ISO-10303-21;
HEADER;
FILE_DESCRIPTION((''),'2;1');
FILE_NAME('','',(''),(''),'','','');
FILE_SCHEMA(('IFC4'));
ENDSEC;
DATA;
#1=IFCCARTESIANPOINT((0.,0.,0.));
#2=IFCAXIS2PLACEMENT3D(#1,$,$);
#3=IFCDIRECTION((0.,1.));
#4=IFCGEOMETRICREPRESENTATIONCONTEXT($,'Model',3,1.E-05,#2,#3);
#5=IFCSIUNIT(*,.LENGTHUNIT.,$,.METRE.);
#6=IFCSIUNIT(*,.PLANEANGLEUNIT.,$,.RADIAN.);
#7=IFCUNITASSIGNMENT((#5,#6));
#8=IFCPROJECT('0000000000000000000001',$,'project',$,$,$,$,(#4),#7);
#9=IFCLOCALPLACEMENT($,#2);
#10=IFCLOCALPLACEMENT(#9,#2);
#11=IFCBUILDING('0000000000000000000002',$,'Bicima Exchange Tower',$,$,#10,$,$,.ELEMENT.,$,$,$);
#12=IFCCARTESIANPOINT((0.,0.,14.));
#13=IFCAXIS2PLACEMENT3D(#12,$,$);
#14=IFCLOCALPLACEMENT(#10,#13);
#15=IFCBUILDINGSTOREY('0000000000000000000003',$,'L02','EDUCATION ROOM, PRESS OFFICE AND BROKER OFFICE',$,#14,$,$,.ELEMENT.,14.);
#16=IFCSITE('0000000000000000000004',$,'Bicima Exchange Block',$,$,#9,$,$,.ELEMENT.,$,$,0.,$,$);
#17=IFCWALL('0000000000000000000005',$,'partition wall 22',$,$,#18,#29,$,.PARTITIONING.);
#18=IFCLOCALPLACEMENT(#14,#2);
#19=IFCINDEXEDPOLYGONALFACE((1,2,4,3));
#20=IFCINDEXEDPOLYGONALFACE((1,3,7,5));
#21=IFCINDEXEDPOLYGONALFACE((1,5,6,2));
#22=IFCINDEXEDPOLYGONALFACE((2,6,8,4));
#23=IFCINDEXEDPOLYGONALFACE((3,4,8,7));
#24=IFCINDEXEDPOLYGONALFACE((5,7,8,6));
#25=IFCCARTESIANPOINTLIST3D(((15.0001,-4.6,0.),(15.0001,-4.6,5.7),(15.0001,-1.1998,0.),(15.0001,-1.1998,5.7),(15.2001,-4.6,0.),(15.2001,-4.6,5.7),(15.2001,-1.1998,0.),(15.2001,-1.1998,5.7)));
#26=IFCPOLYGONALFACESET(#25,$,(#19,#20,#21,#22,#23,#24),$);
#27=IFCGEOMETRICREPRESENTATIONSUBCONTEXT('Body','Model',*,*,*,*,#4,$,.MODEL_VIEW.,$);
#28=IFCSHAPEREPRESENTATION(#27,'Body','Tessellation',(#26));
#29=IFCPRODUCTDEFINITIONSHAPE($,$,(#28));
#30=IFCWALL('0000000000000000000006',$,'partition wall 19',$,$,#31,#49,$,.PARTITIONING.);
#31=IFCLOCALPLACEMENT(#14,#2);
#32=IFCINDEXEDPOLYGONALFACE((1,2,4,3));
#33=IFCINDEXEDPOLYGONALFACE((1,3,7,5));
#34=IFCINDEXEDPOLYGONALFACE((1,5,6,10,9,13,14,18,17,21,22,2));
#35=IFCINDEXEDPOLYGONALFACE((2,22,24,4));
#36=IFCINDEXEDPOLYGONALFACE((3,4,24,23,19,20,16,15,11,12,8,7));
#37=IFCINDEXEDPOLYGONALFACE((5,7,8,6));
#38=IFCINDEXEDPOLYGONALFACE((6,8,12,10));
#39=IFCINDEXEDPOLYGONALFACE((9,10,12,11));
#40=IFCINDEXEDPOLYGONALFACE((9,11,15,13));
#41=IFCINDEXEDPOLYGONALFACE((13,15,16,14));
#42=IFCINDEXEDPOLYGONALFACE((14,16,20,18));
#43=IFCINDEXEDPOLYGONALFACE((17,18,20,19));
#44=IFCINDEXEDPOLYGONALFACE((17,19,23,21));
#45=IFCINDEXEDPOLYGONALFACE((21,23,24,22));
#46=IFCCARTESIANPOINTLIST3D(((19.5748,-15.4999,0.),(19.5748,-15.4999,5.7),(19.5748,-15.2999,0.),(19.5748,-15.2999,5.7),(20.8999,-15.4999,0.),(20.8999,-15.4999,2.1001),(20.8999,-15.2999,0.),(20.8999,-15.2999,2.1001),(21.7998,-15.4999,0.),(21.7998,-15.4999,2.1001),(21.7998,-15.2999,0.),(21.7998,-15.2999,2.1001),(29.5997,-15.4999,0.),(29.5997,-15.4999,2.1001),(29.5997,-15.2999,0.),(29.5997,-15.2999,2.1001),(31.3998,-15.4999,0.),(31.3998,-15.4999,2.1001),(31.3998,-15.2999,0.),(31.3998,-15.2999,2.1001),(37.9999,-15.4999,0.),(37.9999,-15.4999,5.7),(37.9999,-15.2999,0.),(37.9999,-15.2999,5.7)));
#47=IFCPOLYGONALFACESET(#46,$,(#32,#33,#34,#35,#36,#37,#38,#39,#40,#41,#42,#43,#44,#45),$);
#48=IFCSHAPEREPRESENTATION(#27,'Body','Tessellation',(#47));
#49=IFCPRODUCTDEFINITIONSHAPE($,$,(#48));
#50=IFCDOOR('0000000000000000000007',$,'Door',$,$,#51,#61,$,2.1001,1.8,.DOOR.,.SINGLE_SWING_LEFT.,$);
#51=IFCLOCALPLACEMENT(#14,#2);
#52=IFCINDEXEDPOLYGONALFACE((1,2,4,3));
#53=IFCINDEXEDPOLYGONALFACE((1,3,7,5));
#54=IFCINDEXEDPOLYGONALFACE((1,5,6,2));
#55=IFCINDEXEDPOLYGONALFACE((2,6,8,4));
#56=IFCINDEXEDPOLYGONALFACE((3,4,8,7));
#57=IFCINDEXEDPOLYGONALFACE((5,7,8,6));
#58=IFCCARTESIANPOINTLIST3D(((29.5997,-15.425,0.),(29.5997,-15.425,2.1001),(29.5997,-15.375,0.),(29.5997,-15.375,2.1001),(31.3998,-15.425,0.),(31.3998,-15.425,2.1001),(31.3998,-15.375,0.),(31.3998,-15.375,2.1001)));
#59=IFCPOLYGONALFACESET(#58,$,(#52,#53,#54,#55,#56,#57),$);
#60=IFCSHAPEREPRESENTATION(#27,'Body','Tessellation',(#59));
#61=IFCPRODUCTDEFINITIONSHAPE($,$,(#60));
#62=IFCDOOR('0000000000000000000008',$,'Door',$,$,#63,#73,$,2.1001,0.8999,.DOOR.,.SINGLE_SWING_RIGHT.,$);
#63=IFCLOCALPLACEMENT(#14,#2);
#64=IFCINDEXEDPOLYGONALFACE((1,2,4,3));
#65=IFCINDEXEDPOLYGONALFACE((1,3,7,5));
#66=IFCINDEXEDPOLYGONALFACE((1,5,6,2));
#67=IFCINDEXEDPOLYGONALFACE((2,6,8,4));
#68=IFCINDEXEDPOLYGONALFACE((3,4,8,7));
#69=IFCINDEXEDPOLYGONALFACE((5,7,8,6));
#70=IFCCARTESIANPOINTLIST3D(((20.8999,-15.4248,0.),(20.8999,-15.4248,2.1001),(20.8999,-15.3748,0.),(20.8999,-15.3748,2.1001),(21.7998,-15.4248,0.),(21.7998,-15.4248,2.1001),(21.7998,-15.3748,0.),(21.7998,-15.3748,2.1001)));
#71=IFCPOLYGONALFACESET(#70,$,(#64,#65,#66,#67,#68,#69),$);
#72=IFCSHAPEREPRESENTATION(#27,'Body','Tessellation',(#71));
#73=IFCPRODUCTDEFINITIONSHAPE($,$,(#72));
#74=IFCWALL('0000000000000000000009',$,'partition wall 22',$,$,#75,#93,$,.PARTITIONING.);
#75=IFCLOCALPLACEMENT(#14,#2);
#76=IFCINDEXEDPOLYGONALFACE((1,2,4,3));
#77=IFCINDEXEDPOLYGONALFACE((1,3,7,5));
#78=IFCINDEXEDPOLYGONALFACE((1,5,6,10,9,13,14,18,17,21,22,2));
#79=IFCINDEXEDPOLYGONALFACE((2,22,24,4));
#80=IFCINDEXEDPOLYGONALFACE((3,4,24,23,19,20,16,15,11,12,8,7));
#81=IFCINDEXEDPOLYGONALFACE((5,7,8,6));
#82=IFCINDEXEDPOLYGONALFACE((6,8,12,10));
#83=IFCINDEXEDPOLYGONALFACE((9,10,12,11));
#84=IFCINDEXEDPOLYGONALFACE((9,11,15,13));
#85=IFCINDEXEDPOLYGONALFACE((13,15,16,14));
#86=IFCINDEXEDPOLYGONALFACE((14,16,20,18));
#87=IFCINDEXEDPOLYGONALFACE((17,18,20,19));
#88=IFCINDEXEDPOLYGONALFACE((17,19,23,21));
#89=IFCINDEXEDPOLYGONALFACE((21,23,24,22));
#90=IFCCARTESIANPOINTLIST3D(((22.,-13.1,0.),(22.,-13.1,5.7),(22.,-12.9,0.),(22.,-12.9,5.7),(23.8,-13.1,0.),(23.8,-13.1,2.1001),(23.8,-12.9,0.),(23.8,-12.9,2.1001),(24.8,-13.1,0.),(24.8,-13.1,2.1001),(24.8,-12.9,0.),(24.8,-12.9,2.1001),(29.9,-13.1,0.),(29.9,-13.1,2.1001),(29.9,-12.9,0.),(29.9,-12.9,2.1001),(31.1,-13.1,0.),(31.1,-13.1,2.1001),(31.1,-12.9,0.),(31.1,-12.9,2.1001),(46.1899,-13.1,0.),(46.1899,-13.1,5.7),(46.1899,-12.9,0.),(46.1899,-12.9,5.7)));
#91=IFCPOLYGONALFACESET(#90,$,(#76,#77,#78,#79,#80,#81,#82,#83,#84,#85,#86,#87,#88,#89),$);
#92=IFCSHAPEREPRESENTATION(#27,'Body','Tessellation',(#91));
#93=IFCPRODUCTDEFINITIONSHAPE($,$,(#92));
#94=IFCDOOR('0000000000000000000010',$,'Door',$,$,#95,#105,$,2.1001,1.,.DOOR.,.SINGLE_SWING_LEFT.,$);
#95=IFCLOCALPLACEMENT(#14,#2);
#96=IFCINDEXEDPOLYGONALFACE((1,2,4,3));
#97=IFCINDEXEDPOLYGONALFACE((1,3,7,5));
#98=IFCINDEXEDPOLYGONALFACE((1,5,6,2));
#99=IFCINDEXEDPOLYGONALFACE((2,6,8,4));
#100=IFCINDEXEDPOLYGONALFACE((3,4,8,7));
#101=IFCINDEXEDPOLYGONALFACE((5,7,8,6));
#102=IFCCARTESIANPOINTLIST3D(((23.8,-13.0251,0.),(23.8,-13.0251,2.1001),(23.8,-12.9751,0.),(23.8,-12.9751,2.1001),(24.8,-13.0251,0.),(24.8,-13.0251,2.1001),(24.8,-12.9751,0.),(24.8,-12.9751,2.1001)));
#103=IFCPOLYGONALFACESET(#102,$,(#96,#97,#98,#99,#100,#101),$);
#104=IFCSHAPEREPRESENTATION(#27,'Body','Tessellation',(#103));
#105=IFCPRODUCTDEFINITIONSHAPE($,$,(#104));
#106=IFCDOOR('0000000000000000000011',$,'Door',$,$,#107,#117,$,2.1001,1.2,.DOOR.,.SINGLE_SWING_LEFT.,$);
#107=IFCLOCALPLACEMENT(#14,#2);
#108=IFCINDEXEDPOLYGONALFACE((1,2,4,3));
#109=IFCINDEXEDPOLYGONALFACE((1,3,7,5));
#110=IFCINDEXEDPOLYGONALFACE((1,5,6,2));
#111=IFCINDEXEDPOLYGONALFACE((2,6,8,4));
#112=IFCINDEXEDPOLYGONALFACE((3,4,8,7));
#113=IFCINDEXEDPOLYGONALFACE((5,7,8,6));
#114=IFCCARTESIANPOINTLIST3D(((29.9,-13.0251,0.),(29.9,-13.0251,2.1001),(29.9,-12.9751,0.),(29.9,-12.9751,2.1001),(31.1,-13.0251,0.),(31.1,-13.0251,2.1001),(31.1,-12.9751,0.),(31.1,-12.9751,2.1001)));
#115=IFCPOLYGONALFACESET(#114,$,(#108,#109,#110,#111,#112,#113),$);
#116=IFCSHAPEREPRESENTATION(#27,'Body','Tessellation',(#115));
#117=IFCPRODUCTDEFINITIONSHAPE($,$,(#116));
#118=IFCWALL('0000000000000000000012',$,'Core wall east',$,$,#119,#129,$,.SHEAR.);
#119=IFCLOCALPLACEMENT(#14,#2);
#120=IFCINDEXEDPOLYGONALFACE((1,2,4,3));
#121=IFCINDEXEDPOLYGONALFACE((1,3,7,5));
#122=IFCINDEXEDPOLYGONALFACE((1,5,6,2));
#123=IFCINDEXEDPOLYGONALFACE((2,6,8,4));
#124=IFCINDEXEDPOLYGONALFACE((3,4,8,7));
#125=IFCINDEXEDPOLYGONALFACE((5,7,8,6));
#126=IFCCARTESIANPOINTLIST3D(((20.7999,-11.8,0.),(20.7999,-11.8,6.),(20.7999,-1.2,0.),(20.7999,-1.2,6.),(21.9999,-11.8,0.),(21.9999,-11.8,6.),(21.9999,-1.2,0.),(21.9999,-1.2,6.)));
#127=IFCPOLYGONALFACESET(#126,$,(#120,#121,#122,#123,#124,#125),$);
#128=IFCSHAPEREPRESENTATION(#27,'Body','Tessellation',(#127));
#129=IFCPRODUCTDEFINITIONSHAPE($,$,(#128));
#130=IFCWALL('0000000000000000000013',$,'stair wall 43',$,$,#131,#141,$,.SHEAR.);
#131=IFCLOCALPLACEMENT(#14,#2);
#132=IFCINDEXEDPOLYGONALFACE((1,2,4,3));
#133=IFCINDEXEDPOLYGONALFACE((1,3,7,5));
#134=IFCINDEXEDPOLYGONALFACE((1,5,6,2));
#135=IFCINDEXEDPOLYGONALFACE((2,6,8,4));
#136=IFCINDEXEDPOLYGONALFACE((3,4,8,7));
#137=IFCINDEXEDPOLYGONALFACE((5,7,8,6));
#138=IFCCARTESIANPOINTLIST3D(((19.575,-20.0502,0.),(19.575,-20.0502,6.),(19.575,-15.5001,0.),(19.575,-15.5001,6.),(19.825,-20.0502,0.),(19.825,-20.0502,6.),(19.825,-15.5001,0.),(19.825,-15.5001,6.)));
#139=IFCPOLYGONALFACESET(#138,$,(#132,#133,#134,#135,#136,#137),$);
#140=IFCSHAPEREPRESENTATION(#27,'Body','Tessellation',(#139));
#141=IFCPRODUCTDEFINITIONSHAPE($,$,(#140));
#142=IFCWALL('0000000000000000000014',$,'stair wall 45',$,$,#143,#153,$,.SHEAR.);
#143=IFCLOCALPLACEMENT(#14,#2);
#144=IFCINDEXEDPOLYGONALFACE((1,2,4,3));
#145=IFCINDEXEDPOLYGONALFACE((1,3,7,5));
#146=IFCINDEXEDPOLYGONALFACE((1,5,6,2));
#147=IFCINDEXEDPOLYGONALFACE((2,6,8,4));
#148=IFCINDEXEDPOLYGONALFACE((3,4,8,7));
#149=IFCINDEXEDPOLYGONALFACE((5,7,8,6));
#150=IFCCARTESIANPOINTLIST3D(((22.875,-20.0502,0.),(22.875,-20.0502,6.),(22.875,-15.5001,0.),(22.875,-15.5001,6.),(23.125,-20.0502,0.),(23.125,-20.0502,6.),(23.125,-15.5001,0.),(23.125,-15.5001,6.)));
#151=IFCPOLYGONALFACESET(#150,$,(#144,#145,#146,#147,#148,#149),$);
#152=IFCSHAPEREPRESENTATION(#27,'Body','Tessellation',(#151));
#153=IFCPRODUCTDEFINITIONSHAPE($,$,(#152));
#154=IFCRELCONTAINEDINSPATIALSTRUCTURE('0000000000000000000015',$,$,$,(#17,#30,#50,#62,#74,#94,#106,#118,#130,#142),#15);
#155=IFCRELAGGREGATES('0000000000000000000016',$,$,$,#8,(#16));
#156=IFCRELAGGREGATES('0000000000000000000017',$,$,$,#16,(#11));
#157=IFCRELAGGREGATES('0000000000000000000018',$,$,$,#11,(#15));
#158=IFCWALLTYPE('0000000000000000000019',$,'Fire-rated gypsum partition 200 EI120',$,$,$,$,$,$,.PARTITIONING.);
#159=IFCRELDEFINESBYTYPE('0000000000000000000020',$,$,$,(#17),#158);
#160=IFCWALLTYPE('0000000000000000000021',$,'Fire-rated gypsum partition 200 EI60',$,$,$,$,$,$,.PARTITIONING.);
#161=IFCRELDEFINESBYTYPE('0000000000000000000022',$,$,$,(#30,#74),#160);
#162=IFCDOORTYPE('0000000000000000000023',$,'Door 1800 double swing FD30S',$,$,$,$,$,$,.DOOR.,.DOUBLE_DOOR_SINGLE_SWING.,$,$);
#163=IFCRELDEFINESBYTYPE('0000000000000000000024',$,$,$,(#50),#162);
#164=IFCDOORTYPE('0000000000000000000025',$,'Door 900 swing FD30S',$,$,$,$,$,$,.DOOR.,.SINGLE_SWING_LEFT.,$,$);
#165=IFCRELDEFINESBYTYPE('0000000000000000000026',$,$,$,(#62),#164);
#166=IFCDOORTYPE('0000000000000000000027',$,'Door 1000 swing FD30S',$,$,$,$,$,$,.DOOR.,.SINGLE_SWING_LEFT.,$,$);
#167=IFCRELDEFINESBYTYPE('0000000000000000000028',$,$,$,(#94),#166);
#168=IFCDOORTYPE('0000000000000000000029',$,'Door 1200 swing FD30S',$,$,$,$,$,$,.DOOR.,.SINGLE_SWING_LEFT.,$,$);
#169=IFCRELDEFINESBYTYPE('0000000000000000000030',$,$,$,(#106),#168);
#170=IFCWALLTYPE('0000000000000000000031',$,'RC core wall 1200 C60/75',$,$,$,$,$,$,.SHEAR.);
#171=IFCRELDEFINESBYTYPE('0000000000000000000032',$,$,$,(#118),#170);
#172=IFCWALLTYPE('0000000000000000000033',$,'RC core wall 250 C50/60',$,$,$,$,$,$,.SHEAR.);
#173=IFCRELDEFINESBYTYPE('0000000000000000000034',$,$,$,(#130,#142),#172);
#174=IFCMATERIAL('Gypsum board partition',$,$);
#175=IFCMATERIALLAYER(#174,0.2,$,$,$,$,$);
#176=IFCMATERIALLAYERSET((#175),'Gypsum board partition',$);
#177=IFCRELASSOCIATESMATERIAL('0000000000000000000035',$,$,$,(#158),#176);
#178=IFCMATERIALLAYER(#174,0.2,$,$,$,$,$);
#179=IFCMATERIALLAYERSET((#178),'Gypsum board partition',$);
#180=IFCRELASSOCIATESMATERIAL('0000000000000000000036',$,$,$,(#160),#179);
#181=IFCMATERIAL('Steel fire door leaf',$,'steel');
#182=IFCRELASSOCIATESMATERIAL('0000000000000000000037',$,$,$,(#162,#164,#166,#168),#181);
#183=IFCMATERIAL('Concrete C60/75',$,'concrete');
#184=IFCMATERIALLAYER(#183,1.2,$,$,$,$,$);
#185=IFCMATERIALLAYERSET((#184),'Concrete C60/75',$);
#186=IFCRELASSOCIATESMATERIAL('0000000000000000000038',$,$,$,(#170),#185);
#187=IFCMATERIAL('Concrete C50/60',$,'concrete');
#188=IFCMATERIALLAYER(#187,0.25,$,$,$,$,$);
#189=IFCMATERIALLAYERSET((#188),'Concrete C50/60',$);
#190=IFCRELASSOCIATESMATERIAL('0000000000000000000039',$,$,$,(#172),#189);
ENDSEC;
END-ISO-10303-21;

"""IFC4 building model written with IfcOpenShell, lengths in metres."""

from ifc_helpers import new_model, si_unit, direction, frame, frame_2d, origin, place, context, subcontext, project, spatial, rectangle, extrude, material, layer, layer_set, type_object, element, fill, save


model = new_model("IFC4")

# Units and contexts
model_context = context("Model", 3, precision=1e-05, world=origin(), true_north=direction((0.0, 1.0)))
body_context = subcontext(model_context, "Body", "Model", "MODEL_VIEW")
ifc_project = project(units=[si_unit("LENGTHUNIT", "METRE"), si_unit("PLANEANGLEUNIT", "RADIAN")], contexts=[model_context])

# Site, building, storey
site_placement = place(None, origin())
site = spatial("IfcSite", under=ifc_project, at=site_placement, Name="Bicima Exchange Block", CompositionType="ELEMENT", RefElevation=0.0)
building_placement = place(site_placement, origin())
building = spatial("IfcBuilding", under=site, at=building_placement, Name="Bicima Exchange Tower", CompositionType="ELEMENT")
storey_placement = place(building_placement, frame((0.0, 0.0, 14.0)))
storey = spatial("IfcBuildingStorey", under=building, at=storey_placement, Name="L02", Description="EDUCATION ROOM, PRESS OFFICE AND BROKER OFFICE", CompositionType="ELEMENT", Elevation=14.0)

# Wall
ifc_material_1 = material(Name="Gypsum board partition")
ifc_layer_1 = layer(ifc_material_1, 0.2)
ifc_layer_set_1 = layer_set([ifc_layer_1], Name="Gypsum board partition")
wall_type_1 = type_object("IfcWallType", Name="Fire-rated gypsum partition 200 EI120", PredefinedType="PARTITIONING", material=ifc_layer_set_1)
wall_1_placement = place(storey_placement, frame((15.1001, -4.6001, 0.0), z_axis=(0.0, 0.0, 1.0), x_axis=(0.0, 1.0, 0.0)))
element("IfcWall", 1, at=wall_1_placement, inside=storey, type_object=wall_type_1, Name="partition wall 22", PredefinedType="PARTITIONING", context=body_context, shape_type="SweptSolid", body=[
    extrude(rectangle(XDim=3.4001, YDim=0.2, at=frame_2d((1.7002, 0.0))), origin(), (0.0, 0.0, 1.0), 5.7),
])

# Walls, openings, doors
ifc_layer_2 = layer(ifc_material_1, 0.2)
ifc_layer_set_2 = layer_set([ifc_layer_2], Name="Gypsum board partition")
wall_type_2 = type_object("IfcWallType", Name="Fire-rated gypsum partition 200 EI60", PredefinedType="PARTITIONING", material=ifc_layer_set_2)
wall_2_placement = place(storey_placement, frame((19.575, -15.3999, 0.0), z_axis=(0.0, 0.0, 1.0), x_axis=(1.0, 0.0, 0.0)))
wall_2 = element("IfcWall", 2, at=wall_2_placement, inside=storey, type_object=wall_type_2, Name="partition wall 19", PredefinedType="PARTITIONING", context=body_context, shape_type="SweptSolid", body=[
    extrude(rectangle(XDim=18.425, YDim=0.2, at=frame_2d((9.2124, 0.0))), origin(), (0.0, 0.0, 1.0), 5.7),
])
opening_1_placement = place(wall_2_placement, frame((1.325, 0.0, 0.0)))
opening_1 = element("IfcOpeningElement", 3, at=opening_1_placement, cuts=wall_2, PredefinedType="OPENING", context=body_context, shape_type="SweptSolid", body=[
    extrude(rectangle(XDim=0.8999, YDim=2.1001, at=frame_2d((0.45, 1.05))), frame((0.0, 0.1118, 0.0), z_axis=(0.0, -1.0, 0.0), x_axis=(1.0, 0.0, 0.0)), (0.0, 0.0, 1.0), 0.2239),
])
opening_2_placement = place(wall_2_placement, frame((10.0249, 0.0, 0.0)))
opening_2 = element("IfcOpeningElement", 4, at=opening_2_placement, cuts=wall_2, PredefinedType="OPENING", context=body_context, shape_type="SweptSolid", body=[
    extrude(rectangle(XDim=1.8, YDim=2.1001, at=frame_2d((0.8999, 1.05))), frame((0.0, 0.1118, 0.0), z_axis=(0.0, -1.0, 0.0), x_axis=(1.0, 0.0, 0.0)), (0.0, 0.0, 1.0), 0.2239),
])
ifc_material_2 = material(Name="Steel fire door leaf", Category="steel")
door_type_1 = type_object("IfcDoorType", Name="Door 1800 double swing FD30S", OperationType="DOUBLE_DOOR_SINGLE_SWING", PredefinedType="DOOR", material=ifc_material_2)
door_1_placement = place(opening_2_placement, origin())
door_1 = element("IfcDoor", 5, at=door_1_placement, inside=storey, type_object=door_type_1, Name="Door", OperationType="SINGLE_SWING_LEFT", OverallHeight=2.1001, OverallWidth=1.8, PredefinedType="DOOR", context=body_context, shape_type="SweptSolid", body=[
    extrude(rectangle(XDim=1.8, YDim=2.1001, at=frame_2d((0.8999, 1.05))), frame((0.0, 0.0249, 0.0), z_axis=(0.0, -1.0, 0.0), x_axis=(1.0, 0.0, 0.0)), (0.0, 0.0, 1.0), 0.05),
])
fill(opening_2, door_1)
door_type_2 = type_object("IfcDoorType", Name="Door 900 swing FD30S", OperationType="SINGLE_SWING_LEFT", PredefinedType="DOOR", material=ifc_material_2)
door_2_placement = place(opening_1_placement, frame((0.8999, 0.0, 0.0), z_axis=(0.0, 0.0, 1.0), x_axis=(-1.0, 0.0, 0.0)))
door_2 = element("IfcDoor", 6, at=door_2_placement, inside=storey, type_object=door_type_2, Name="Door", OperationType="SINGLE_SWING_RIGHT", OverallHeight=2.1001, OverallWidth=0.8999, PredefinedType="DOOR", context=body_context, shape_type="SweptSolid", body=[
    extrude(rectangle(XDim=0.8999, YDim=2.1001, at=frame_2d((0.45, 1.05))), frame((0.0, 0.0249, 0.0), z_axis=(0.0, -1.0, 0.0), x_axis=(1.0, 0.0, 0.0)), (0.0, 0.0, 1.0), 0.05),
])
fill(opening_1, door_2)
wall_3_placement = place(storey_placement, frame((22.0, -13.0, 0.0), z_axis=(0.0, 0.0, 1.0), x_axis=(1.0, 0.0, 0.0)))
wall_3 = element("IfcWall", 7, at=wall_3_placement, inside=storey, type_object=wall_type_2, Name="partition wall 22", PredefinedType="PARTITIONING", context=body_context, shape_type="SweptSolid", body=[
    extrude(rectangle(XDim=24.1899, YDim=0.2, at=frame_2d((12.095, 0.0))), origin(), (0.0, 0.0, 1.0), 5.7),
])
opening_3_placement = place(wall_3_placement, frame((7.8999, 0.0, 0.0)))
opening_3 = element("IfcOpeningElement", 8, at=opening_3_placement, cuts=wall_3, PredefinedType="OPENING", context=body_context, shape_type="SweptSolid", body=[
    extrude(rectangle(XDim=1.2, YDim=2.1001, at=frame_2d((0.6001, 1.05))), frame((0.0, 0.1118, 0.0), z_axis=(0.0, -1.0, 0.0), x_axis=(1.0, 0.0, 0.0)), (0.0, 0.0, 1.0), 0.2239),
])
opening_4_placement = place(wall_3_placement, frame((1.8, 0.0, 0.0)))
opening_4 = element("IfcOpeningElement", 9, at=opening_4_placement, cuts=wall_3, PredefinedType="OPENING", context=body_context, shape_type="SweptSolid", body=[
    extrude(rectangle(XDim=1.0, YDim=2.1001, at=frame_2d((0.5, 1.05))), frame((0.0, 0.1118, 0.0), z_axis=(0.0, -1.0, 0.0), x_axis=(1.0, 0.0, 0.0)), (0.0, 0.0, 1.0), 0.2239),
])
door_type_3 = type_object("IfcDoorType", Name="Door 1000 swing FD30S", OperationType="SINGLE_SWING_LEFT", PredefinedType="DOOR", material=ifc_material_2)
door_3_placement = place(opening_4_placement, origin())
door_3 = element("IfcDoor", 10, at=door_3_placement, inside=storey, type_object=door_type_3, Name="Door", OperationType="SINGLE_SWING_LEFT", OverallHeight=2.1001, OverallWidth=1.0, PredefinedType="DOOR", context=body_context, shape_type="SweptSolid", body=[
    extrude(rectangle(XDim=1.0, YDim=2.1001, at=frame_2d((0.5, 1.05))), frame((0.0, 0.0249, 0.0), z_axis=(0.0, -1.0, 0.0), x_axis=(1.0, 0.0, 0.0)), (0.0, 0.0, 1.0), 0.05),
])
fill(opening_4, door_3)
door_type_4 = type_object("IfcDoorType", Name="Door 1200 swing FD30S", OperationType="SINGLE_SWING_LEFT", PredefinedType="DOOR", material=ifc_material_2)
door_4_placement = place(opening_3_placement, origin())
door_4 = element("IfcDoor", 11, at=door_4_placement, inside=storey, type_object=door_type_4, Name="Door", OperationType="SINGLE_SWING_LEFT", OverallHeight=2.1001, OverallWidth=1.2, PredefinedType="DOOR", context=body_context, shape_type="SweptSolid", body=[
    extrude(rectangle(XDim=1.2, YDim=2.1001, at=frame_2d((0.6001, 1.05))), frame((0.0, 0.0249, 0.0), z_axis=(0.0, -1.0, 0.0), x_axis=(1.0, 0.0, 0.0)), (0.0, 0.0, 1.0), 0.05),
])
fill(opening_3, door_4)

# Walls
ifc_material_3 = material(Name="Concrete C60/75", Category="concrete")
ifc_layer_3 = layer(ifc_material_3, 1.2)
ifc_layer_set_3 = layer_set([ifc_layer_3], Name="Concrete C60/75")
wall_type_3 = type_object("IfcWallType", Name="RC core wall 1200 C60/75", PredefinedType="SHEAR", material=ifc_layer_set_3)
wall_4_placement = place(storey_placement, frame((21.3999, -11.8, 0.0), z_axis=(0.0, 0.0, 1.0), x_axis=(0.0, 1.0, 0.0)))
element("IfcWall", 12, at=wall_4_placement, inside=storey, type_object=wall_type_3, Name="Core wall east", PredefinedType="SHEAR", context=body_context, shape_type="SweptSolid", body=[
    extrude(rectangle(XDim=10.6001, YDim=1.2, at=frame_2d((5.3, 0.0))), origin(), (0.0, 0.0, 1.0), 6.0),
])
ifc_material_4 = material(Name="Concrete C50/60", Category="concrete")
ifc_layer_4 = layer(ifc_material_4, 0.25)
ifc_layer_set_4 = layer_set([ifc_layer_4], Name="Concrete C50/60")
wall_type_4 = type_object("IfcWallType", Name="RC core wall 250 C50/60", PredefinedType="SHEAR", material=ifc_layer_set_4)
for number, where, z_axis, x_axis, name in (
    (13, (19.7, -20.05, 0.0), (0.0, 0.0, 1.0), (0.0, 1.0, 0.0), "stair wall 43"),
    (14, (23.0, -20.05, 0.0), (0.0, 0.0, 1.0), (0.0, 1.0, 0.0), "stair wall 45"),
):
    element("IfcWall", number, at=place(storey_placement, frame(where, z_axis=z_axis, x_axis=x_axis)), inside=storey, type_object=wall_type_4, Name=name, PredefinedType="SHEAR", context=body_context, shape_type="SweptSolid", body=[
        extrude(rectangle(XDim=4.55, YDim=0.25, at=frame_2d((2.2749, 0.0))), origin(), (0.0, 0.0, 1.0), 6.0),
    ])

save(model, "model.ifc")
